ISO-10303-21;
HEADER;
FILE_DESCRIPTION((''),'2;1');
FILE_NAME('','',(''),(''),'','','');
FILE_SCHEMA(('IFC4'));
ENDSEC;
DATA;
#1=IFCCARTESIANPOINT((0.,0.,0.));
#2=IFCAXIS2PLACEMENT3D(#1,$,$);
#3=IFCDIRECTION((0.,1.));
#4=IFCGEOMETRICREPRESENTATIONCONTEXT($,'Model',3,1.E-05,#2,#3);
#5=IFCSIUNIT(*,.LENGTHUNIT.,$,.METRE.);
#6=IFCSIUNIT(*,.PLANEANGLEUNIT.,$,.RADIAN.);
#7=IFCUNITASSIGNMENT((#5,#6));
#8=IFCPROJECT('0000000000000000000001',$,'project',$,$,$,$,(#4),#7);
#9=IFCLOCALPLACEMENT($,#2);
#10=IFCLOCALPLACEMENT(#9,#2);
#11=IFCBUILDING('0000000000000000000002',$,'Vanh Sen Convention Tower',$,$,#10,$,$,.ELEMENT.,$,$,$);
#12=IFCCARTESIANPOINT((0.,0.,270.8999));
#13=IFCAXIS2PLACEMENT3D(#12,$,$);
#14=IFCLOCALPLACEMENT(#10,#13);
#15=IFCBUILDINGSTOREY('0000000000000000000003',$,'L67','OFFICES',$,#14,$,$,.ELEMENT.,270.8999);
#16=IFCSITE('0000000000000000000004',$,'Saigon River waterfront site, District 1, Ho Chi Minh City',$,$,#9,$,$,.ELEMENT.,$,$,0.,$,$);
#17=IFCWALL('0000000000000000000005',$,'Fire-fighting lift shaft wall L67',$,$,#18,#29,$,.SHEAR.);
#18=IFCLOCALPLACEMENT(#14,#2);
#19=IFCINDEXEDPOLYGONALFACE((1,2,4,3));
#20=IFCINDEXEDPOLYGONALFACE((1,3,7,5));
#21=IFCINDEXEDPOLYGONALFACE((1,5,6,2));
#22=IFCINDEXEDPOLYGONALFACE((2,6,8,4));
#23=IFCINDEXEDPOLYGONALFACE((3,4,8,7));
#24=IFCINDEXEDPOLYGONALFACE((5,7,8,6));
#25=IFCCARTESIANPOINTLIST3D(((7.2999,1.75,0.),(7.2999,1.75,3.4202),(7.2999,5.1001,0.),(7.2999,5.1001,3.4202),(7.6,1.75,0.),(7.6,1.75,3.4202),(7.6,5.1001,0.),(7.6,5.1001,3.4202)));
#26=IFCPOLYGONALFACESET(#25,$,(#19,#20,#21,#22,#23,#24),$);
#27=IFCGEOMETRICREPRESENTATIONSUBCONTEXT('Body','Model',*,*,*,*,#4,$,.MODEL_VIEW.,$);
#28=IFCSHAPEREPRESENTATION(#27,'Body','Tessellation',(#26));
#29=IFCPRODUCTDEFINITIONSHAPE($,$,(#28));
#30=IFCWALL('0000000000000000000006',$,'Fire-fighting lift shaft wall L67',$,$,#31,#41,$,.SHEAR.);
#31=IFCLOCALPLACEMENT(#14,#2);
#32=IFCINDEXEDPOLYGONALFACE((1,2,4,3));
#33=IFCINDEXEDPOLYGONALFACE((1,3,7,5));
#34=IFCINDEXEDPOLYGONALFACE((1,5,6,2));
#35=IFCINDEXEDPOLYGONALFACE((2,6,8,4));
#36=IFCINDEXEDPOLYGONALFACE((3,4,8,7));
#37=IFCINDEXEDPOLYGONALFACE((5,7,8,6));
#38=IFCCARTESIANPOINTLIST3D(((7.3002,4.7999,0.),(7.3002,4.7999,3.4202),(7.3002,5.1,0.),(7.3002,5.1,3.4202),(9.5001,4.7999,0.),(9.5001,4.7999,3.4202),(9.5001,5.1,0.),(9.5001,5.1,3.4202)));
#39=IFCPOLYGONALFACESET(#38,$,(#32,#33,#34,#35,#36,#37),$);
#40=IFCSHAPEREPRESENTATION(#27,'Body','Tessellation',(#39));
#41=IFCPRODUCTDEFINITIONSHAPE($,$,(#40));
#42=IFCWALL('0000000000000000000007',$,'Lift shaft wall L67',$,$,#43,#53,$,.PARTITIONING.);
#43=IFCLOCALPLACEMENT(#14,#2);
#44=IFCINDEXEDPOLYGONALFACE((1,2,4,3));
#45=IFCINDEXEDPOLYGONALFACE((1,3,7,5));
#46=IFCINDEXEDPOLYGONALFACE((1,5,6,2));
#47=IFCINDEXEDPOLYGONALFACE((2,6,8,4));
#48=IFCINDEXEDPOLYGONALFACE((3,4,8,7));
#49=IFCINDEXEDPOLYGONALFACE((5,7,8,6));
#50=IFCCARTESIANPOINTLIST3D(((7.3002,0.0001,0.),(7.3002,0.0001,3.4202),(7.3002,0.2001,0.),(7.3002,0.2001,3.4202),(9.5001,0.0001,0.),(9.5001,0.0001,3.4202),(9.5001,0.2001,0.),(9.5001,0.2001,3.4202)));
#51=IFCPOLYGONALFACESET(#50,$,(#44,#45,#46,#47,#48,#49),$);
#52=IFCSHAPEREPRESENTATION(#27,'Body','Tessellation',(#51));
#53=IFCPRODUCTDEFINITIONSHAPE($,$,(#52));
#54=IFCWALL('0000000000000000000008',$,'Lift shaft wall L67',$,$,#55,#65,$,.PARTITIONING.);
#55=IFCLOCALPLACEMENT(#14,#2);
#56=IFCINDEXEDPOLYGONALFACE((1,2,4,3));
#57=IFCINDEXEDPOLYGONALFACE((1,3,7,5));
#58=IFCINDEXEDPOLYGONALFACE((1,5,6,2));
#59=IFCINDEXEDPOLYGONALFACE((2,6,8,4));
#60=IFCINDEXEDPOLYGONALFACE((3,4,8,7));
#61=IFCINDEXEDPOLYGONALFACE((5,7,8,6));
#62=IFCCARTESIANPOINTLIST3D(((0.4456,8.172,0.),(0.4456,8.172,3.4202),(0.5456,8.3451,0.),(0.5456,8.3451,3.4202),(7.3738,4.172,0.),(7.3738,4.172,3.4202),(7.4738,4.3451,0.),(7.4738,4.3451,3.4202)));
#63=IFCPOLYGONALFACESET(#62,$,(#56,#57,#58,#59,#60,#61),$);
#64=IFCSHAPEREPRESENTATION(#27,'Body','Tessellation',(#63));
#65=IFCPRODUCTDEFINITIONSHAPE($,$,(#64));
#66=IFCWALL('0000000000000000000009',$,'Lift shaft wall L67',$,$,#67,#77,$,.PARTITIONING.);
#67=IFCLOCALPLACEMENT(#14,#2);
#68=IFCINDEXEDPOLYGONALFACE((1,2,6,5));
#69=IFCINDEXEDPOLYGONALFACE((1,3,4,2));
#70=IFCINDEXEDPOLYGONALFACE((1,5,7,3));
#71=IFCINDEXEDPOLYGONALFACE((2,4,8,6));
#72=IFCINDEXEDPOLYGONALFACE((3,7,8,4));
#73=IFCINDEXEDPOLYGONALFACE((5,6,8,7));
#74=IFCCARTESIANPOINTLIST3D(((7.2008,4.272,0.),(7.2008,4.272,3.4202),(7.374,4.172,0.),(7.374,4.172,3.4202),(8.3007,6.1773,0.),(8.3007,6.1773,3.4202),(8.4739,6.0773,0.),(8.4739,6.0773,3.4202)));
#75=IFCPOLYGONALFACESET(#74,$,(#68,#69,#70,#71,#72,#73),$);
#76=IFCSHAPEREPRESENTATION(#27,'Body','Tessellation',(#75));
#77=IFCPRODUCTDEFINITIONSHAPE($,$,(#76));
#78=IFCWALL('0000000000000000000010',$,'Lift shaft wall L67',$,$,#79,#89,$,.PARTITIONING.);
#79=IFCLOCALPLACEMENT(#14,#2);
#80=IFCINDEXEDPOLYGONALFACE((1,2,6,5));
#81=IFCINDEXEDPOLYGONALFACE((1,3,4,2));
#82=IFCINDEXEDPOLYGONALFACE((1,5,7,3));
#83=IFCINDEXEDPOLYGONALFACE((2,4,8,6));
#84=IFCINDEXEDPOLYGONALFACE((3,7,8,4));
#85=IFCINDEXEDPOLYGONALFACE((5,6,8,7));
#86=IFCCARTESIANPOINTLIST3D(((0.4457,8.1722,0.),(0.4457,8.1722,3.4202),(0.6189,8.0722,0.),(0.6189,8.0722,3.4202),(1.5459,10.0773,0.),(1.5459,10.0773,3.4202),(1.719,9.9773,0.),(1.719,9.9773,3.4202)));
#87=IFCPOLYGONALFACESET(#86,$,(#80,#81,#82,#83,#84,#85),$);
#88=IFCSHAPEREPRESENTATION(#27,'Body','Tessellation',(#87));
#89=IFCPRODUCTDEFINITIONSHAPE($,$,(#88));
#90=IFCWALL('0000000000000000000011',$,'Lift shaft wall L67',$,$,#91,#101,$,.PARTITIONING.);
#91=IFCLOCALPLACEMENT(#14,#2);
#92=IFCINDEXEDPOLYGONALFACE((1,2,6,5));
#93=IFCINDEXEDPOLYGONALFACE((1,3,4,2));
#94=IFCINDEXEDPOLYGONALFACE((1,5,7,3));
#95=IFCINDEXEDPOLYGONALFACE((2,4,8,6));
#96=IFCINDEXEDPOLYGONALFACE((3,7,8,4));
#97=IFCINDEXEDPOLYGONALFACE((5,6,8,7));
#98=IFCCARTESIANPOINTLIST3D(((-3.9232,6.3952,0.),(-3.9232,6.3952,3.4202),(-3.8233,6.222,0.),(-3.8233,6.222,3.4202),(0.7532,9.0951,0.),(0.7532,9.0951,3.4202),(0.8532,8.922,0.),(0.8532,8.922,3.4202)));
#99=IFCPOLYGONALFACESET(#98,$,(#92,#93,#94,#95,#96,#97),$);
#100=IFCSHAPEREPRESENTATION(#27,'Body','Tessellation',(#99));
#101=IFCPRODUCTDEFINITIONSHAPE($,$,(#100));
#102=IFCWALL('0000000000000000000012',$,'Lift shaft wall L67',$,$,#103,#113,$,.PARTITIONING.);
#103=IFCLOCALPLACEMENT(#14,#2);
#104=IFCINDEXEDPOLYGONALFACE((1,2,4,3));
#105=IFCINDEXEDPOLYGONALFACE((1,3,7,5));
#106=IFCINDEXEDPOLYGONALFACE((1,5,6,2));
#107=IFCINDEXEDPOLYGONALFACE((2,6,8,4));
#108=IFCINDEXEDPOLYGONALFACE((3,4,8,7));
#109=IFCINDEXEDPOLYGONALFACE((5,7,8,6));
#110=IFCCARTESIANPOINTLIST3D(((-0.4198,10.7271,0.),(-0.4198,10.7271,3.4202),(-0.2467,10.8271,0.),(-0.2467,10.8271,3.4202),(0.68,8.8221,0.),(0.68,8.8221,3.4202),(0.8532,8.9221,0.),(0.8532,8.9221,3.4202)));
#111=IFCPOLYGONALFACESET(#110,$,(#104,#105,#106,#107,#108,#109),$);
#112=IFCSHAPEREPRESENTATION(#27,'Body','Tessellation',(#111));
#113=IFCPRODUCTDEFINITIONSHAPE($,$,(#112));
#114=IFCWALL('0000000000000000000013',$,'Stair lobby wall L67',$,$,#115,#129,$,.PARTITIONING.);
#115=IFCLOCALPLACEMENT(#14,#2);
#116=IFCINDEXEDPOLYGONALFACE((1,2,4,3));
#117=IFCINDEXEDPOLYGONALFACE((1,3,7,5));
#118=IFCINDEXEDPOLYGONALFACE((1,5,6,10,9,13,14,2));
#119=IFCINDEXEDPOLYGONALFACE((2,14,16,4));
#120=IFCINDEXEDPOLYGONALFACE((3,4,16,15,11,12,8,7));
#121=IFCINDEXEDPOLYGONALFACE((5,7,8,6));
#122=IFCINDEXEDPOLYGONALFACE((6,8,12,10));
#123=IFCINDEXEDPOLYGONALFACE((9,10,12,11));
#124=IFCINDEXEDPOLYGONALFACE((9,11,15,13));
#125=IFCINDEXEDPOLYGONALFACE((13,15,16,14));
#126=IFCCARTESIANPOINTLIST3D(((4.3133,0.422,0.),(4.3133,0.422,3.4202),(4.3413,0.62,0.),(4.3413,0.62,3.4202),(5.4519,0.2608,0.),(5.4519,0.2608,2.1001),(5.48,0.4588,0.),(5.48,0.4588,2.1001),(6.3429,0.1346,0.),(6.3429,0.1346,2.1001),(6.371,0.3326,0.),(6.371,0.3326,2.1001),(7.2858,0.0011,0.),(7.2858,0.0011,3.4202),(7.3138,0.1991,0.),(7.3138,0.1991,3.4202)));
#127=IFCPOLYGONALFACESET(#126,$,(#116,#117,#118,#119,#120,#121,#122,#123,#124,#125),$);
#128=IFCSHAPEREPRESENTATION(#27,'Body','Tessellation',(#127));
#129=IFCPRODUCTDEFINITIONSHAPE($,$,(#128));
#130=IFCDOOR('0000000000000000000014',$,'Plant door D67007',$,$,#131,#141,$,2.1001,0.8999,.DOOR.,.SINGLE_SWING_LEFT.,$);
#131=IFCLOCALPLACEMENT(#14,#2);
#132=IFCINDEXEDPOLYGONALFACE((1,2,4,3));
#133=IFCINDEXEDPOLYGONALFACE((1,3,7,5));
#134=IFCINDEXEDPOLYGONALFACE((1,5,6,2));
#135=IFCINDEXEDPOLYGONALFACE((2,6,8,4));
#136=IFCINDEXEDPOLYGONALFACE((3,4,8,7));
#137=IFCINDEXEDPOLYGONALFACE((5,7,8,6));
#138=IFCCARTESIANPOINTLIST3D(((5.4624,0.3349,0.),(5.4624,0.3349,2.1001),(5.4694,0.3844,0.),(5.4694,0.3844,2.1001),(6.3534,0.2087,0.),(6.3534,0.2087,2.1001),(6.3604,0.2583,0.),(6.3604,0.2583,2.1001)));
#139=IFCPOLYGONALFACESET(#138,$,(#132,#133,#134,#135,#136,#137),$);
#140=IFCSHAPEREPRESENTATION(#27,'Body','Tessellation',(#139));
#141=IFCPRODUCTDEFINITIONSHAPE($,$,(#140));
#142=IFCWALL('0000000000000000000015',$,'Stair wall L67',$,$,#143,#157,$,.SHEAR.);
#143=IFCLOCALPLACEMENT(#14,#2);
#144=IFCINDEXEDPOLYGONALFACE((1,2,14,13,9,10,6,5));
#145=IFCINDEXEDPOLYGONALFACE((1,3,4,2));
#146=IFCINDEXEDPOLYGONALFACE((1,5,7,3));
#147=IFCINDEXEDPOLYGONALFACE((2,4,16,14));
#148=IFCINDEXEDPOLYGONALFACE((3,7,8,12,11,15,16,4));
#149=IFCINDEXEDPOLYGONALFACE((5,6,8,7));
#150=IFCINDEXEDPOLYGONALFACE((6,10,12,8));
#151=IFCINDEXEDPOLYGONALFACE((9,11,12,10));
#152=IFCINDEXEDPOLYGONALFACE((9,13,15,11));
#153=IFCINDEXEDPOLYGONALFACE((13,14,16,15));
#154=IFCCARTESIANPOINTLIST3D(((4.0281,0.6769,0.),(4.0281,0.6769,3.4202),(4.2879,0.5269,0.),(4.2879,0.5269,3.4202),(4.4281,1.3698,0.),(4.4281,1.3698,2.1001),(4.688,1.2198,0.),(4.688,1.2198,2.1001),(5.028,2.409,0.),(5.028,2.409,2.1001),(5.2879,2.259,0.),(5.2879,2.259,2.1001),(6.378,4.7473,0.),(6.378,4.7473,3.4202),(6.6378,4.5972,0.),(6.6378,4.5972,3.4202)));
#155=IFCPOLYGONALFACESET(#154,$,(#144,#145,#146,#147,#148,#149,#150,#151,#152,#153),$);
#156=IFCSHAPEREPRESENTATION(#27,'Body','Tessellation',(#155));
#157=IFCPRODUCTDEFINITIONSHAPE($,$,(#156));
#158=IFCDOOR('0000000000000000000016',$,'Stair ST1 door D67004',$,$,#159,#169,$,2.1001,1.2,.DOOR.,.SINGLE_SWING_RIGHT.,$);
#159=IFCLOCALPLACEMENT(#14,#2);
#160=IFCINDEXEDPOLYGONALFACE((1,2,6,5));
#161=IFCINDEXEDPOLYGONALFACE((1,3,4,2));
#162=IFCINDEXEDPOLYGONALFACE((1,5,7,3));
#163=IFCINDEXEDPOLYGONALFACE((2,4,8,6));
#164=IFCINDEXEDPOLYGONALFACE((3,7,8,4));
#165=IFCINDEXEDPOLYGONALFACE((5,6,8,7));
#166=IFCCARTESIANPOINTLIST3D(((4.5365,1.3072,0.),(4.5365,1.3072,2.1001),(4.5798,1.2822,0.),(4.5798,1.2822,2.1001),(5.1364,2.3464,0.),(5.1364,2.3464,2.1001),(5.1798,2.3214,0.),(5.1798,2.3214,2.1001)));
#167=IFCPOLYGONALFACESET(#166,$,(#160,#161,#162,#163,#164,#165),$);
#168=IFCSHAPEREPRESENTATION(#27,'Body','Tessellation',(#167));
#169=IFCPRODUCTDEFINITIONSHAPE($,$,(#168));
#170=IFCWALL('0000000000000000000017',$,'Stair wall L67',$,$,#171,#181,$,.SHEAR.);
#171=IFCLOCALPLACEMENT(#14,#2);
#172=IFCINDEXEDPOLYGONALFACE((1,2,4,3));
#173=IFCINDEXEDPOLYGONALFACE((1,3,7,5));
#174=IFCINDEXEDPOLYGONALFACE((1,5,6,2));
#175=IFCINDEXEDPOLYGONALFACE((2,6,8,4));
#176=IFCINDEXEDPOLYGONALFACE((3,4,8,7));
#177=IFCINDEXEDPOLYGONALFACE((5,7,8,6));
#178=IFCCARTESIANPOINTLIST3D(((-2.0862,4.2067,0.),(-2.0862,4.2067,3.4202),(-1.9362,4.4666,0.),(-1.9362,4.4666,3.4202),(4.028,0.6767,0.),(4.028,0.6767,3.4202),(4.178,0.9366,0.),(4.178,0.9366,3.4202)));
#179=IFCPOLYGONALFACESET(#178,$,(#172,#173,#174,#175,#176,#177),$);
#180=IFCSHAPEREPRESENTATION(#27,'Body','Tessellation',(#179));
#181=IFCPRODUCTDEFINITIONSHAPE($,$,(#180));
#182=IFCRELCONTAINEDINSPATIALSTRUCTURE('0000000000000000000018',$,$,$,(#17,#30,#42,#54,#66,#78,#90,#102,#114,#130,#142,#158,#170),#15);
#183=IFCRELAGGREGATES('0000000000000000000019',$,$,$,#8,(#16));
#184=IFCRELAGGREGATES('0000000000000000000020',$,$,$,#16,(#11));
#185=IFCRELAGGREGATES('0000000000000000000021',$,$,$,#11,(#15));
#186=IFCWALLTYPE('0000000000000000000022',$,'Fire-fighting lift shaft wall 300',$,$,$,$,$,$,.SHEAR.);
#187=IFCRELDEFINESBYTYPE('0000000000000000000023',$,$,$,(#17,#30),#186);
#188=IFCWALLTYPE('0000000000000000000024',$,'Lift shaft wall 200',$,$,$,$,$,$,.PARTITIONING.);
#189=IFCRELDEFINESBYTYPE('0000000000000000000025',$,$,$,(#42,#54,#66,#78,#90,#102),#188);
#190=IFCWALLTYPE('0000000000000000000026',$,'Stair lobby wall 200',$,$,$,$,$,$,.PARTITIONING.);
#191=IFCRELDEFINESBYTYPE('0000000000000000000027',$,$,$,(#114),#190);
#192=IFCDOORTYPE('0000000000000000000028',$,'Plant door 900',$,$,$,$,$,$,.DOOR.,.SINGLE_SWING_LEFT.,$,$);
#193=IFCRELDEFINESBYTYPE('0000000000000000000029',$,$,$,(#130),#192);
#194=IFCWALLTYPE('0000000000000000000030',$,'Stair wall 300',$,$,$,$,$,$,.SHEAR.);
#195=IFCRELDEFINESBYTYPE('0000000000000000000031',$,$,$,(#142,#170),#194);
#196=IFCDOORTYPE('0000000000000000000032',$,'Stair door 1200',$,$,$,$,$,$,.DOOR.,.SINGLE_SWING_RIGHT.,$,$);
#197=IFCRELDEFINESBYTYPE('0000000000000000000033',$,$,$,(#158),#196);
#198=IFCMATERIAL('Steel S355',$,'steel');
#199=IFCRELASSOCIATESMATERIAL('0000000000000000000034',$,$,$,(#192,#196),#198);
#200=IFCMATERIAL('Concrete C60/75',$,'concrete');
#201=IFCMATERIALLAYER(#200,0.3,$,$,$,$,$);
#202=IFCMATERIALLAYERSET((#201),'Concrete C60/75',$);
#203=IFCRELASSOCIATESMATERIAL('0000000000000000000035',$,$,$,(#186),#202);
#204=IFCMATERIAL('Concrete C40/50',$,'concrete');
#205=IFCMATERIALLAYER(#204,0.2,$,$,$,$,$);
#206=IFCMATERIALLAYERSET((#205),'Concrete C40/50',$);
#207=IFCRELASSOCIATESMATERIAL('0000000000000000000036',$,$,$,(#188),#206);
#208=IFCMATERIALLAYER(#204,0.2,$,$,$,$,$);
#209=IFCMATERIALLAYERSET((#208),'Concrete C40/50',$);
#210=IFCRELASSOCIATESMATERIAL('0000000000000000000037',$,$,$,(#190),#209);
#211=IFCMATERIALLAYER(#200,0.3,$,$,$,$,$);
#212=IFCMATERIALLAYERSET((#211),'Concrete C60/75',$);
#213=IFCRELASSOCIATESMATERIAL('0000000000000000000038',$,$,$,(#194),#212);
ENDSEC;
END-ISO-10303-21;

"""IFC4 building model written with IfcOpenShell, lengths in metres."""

from ifc_helpers import new_model, si_unit, direction, frame, frame_2d, origin, place, context, subcontext, project, spatial, rectangle, extrude, material, layer, layer_set, type_object, element, fill, save


model = new_model("IFC4")

# Units and contexts
model_context = context("Model", 3, precision=1e-05, world=origin(), true_north=direction((0.0, 1.0)))
body_context = subcontext(model_context, "Body", "Model", "MODEL_VIEW")
ifc_project = project(units=[si_unit("LENGTHUNIT", "METRE"), si_unit("PLANEANGLEUNIT", "RADIAN")], contexts=[model_context])

# Site, building, storey
site_placement = place(None, origin())
site = spatial("IfcSite", under=ifc_project, at=site_placement, Name="Saigon River waterfront site, District 1, Ho Chi Minh City", CompositionType="ELEMENT", RefElevation=0.0)
building_placement = place(site_placement, origin())
building = spatial("IfcBuilding", under=site, at=building_placement, Name="Vanh Sen Convention Tower", CompositionType="ELEMENT")
storey_placement = place(building_placement, frame((0.0, 0.0, 270.8999)))
storey = spatial("IfcBuildingStorey", under=building, at=storey_placement, Name="L67", Description="OFFICES", CompositionType="ELEMENT", Elevation=270.8999)

# Shared definitions
ifc_material_1 = material(Name="Concrete C40/50", Category="concrete")

# Shared definitions
ifc_material_2 = material(Name="Concrete C60/75", Category="concrete")
ifc_material_3 = material(Name="Steel S355", Category="steel")
door_type_1 = type_object("IfcDoorType", Name="Plant door 900", OperationType="SINGLE_SWING_LEFT", PredefinedType="DOOR", material=ifc_material_3)
ifc_layer_1 = layer(ifc_material_2, 0.3)
ifc_layer_set_1 = layer_set([ifc_layer_1], Name="Concrete C60/75")
wall_type_1 = type_object("IfcWallType", Name="Fire-fighting lift shaft wall 300", PredefinedType="SHEAR", material=ifc_layer_set_1)

# Walls
wall_1_placement = place(storey_placement, frame((7.45, 1.75, 0.0), z_axis=(0.0, 0.0, 1.0), x_axis=(0.0, 1.0, 0.0)))
element("IfcWall", 1, at=wall_1_placement, inside=storey, type_object=wall_type_1, Name="Fire-fighting lift shaft wall L67", PredefinedType="SHEAR", context=body_context, shape_type="SweptSolid", body=[
    extrude(rectangle(XDim=3.3501, YDim=0.3, at=frame_2d((1.675, 0.0))), origin(), (0.0, 0.0, 1.0), 3.4202),
])
wall_2_placement = place(storey_placement, frame((7.3, 4.95, 0.0), z_axis=(0.0, 0.0, 1.0), x_axis=(1.0, 0.0, 0.0)))
element("IfcWall", 2, at=wall_2_placement, inside=storey, type_object=wall_type_1, Name="Fire-fighting lift shaft wall L67", PredefinedType="SHEAR", context=body_context, shape_type="SweptSolid", body=[
    extrude(rectangle(XDim=2.2, YDim=0.3, at=frame_2d((1.1001, 0.0))), origin(), (0.0, 0.0, 1.0), 3.4202),
])
ifc_layer_2 = layer(ifc_material_1, 0.2)
ifc_layer_set_2 = layer_set([ifc_layer_2], Name="Concrete C40/50")
wall_type_2 = type_object("IfcWallType", Name="Lift shaft wall 200", PredefinedType="PARTITIONING", material=ifc_layer_set_2)
wall_3_placement = place(storey_placement, frame((7.3, 0.1001, 0.0), z_axis=(0.0, 0.0, 1.0), x_axis=(1.0, 0.0, 0.0)))
element("IfcWall", 3, at=wall_3_placement, inside=storey, type_object=wall_type_2, Name="Lift shaft wall L67", PredefinedType="PARTITIONING", context=body_context, shape_type="SweptSolid", body=[
    extrude(rectangle(XDim=2.2, YDim=0.2, at=frame_2d((1.1001, 0.0))), origin(), (0.0, 0.0, 1.0), 3.4202),
])
wall_4_placement = place(storey_placement, frame((7.4238, 4.2585, 0.0), z_axis=(0.0, 0.0, 1.0), x_axis=(-0.866026, 0.499999, 0.0)))
element("IfcWall", 4, at=wall_4_placement, inside=storey, type_object=wall_type_2, Name="Lift shaft wall L67", PredefinedType="PARTITIONING", context=body_context, shape_type="SweptSolid", body=[
    extrude(rectangle(XDim=8.0, YDim=0.2, at=frame_2d((4.0, 0.0))), origin(), (0.0, 0.0, 1.0), 3.4202),
])
for number, where, z_axis, x_axis, name in (
    (5, (7.2874, 4.2219, 0.0), (0.0, 0.0, 1.0), (0.499947, 0.866056, 0.0), "Lift shaft wall L67"),
    (6, (0.5322, 8.1221, 0.0), (0.0, 0.0, 1.0), (0.500078, 0.86598, 0.0), "Lift shaft wall L67"),
):
    element("IfcWall", number, at=place(storey_placement, frame(where, z_axis=z_axis, x_axis=x_axis)), inside=storey, type_object=wall_type_2, Name=name, PredefinedType="PARTITIONING", context=body_context, shape_type="SweptSolid", body=[
        extrude(rectangle(XDim=2.2, YDim=0.2, at=frame_2d((1.1001, 0.0))), origin(), (0.0, 0.0, 1.0), 3.4202),
    ])
wall_5_placement = place(storey_placement, frame((0.8032, 9.0085, 0.0), z_axis=(0.0, 0.0, 1.0), x_axis=(-0.866028, -0.499995, 0.0)))
element("IfcWall", 7, at=wall_5_placement, inside=storey, type_object=wall_type_2, Name="Lift shaft wall L67", PredefinedType="PARTITIONING", context=body_context, shape_type="SweptSolid", body=[
    extrude(rectangle(XDim=5.3999, YDim=0.2, at=frame_2d((2.7, 0.0))), origin(), (0.0, 0.0, 1.0), 3.4202),
])
wall_6_placement = place(storey_placement, frame((0.7666, 8.8721, 0.0), z_axis=(0.0, 0.0, 1.0), x_axis=(-0.499995, 0.866028, 0.0)))
element("IfcWall", 8, at=wall_6_placement, inside=storey, type_object=wall_type_2, Name="Lift shaft wall L67", PredefinedType="PARTITIONING", context=body_context, shape_type="SweptSolid", body=[
    extrude(rectangle(XDim=2.1997, YDim=0.2, at=frame_2d((1.0999, 0.0))), origin(), (0.0, 0.0, 1.0), 3.4202),
])

# Walls, openings, doors
ifc_layer_3 = layer(ifc_material_1, 0.2)
ifc_layer_set_3 = layer_set([ifc_layer_3], Name="Concrete C40/50")
wall_type_3 = type_object("IfcWallType", Name="Stair lobby wall 200", PredefinedType="PARTITIONING", material=ifc_layer_set_3)
wall_7_placement = place(storey_placement, frame((4.3274, 0.521, 0.0), z_axis=(0.0, 0.0, 1.0), x_axis=(0.990124, -0.140192, 0.0)))
wall_7 = element("IfcWall", 9, at=wall_7_placement, inside=storey, type_object=wall_type_3, Name="Stair lobby wall L67", PredefinedType="PARTITIONING", context=body_context, shape_type="SweptSolid", body=[
    extrude(rectangle(XDim=3.0022, YDim=0.2, at=frame_2d((1.501, 0.0))), origin(), (0.0, 0.0, 1.0), 3.4202),
])
opening_1_placement = place(wall_7_placement, frame((1.1499, 0.0, 0.0)))
opening_1 = element("IfcOpeningElement", 10, at=opening_1_placement, cuts=wall_7, PredefinedType="OPENING", context=body_context, shape_type="SweptSolid", body=[
    extrude(rectangle(XDim=0.8999, YDim=2.1001, at=frame_2d((0.45, 1.05))), frame((0.0, 0.1099, 0.0), z_axis=(0.0, -1.0, 0.0), x_axis=(1.0, 0.0, 0.0)), (0.0, 0.0, 1.0), 0.22),
])
door_1_placement = place(opening_1_placement, origin())
door_1 = element("IfcDoor", 11, at=door_1_placement, inside=storey, type_object=door_type_1, Name="Plant door D67007", OperationType="SINGLE_SWING_LEFT", OverallHeight=2.1001, OverallWidth=0.8999, PredefinedType="DOOR", context=body_context, shape_type="SweptSolid", body=[
    extrude(rectangle(XDim=0.8999, YDim=2.1001, at=frame_2d((0.45, 1.05))), frame((0.0, 0.0249, 0.0), z_axis=(0.0, -1.0, 0.0), x_axis=(1.0, 0.0, 0.0)), (0.0, 0.0, 1.0), 0.05),
])
fill(opening_1, door_1)
ifc_layer_4 = layer(ifc_material_2, 0.3)
ifc_layer_set_4 = layer_set([ifc_layer_4], Name="Concrete C60/75")
wall_type_4 = type_object("IfcWallType", Name="Stair wall 300", PredefinedType="SHEAR", material=ifc_layer_set_4)
wall_8_placement = place(storey_placement, frame((4.158, 0.6018, 0.0), z_axis=(0.0, 0.0, 1.0), x_axis=(0.499977, 0.866039, 0.0)))
wall_8 = element("IfcWall", 12, at=wall_8_placement, inside=storey, type_object=wall_type_4, Name="Stair wall L67", PredefinedType="SHEAR", context=body_context, shape_type="SweptSolid", body=[
    extrude(rectangle(XDim=4.7, YDim=0.3, at=frame_2d((2.3501, 0.0))), origin(), (0.0, 0.0, 1.0), 3.4202),
])
opening_2_placement = place(wall_8_placement, frame((0.8, 0.0, 0.0)))
opening_2 = element("IfcOpeningElement", 13, at=opening_2_placement, cuts=wall_8, PredefinedType="OPENING", context=body_context, shape_type="SweptSolid", body=[
    extrude(rectangle(XDim=1.2, YDim=2.1001, at=frame_2d((0.6001, 1.05))), frame((0.0, 0.1599, 0.0), z_axis=(0.0, -1.0, 0.0), x_axis=(1.0, 0.0, 0.0)), (0.0, 0.0, 1.0), 0.3201),
])
door_type_2 = type_object("IfcDoorType", Name="Stair door 1200", OperationType="SINGLE_SWING_RIGHT", PredefinedType="DOOR", material=ifc_material_3)
door_2_placement = place(opening_2_placement, origin())
door_2 = element("IfcDoor", 14, at=door_2_placement, inside=storey, type_object=door_type_2, Name="Stair ST1 door D67004", OperationType="SINGLE_SWING_RIGHT", OverallHeight=2.1001, OverallWidth=1.2, PredefinedType="DOOR", context=body_context, shape_type="SweptSolid", body=[
    extrude(rectangle(XDim=1.2, YDim=2.1001, at=frame_2d((0.6001, 1.05))), frame((0.0, 0.0249, 0.0), z_axis=(0.0, -1.0, 0.0), x_axis=(1.0, 0.0, 0.0)), (0.0, 0.0, 1.0), 0.05),
])
fill(opening_2, door_2)

# Wall
for number, where, z_axis, x_axis, name in (
    (15, (4.103, 0.8066, 0.0), (0.0, 0.0, 1.0), (-0.866028, 0.499996, 0.0), "Stair wall L67"),
):
    element("IfcWall", number, at=place(storey_placement, frame(where, z_axis=z_axis, x_axis=x_axis)), inside=storey, type_object=wall_type_4, Name=name, PredefinedType="SHEAR", context=body_context, shape_type="SweptSolid", body=[
        extrude(rectangle(XDim=7.0601, YDim=0.3, at=frame_2d((3.53, 0.0))), origin(), (0.0, 0.0, 1.0), 3.4202),
    ])

save(model, "model.ifc")
